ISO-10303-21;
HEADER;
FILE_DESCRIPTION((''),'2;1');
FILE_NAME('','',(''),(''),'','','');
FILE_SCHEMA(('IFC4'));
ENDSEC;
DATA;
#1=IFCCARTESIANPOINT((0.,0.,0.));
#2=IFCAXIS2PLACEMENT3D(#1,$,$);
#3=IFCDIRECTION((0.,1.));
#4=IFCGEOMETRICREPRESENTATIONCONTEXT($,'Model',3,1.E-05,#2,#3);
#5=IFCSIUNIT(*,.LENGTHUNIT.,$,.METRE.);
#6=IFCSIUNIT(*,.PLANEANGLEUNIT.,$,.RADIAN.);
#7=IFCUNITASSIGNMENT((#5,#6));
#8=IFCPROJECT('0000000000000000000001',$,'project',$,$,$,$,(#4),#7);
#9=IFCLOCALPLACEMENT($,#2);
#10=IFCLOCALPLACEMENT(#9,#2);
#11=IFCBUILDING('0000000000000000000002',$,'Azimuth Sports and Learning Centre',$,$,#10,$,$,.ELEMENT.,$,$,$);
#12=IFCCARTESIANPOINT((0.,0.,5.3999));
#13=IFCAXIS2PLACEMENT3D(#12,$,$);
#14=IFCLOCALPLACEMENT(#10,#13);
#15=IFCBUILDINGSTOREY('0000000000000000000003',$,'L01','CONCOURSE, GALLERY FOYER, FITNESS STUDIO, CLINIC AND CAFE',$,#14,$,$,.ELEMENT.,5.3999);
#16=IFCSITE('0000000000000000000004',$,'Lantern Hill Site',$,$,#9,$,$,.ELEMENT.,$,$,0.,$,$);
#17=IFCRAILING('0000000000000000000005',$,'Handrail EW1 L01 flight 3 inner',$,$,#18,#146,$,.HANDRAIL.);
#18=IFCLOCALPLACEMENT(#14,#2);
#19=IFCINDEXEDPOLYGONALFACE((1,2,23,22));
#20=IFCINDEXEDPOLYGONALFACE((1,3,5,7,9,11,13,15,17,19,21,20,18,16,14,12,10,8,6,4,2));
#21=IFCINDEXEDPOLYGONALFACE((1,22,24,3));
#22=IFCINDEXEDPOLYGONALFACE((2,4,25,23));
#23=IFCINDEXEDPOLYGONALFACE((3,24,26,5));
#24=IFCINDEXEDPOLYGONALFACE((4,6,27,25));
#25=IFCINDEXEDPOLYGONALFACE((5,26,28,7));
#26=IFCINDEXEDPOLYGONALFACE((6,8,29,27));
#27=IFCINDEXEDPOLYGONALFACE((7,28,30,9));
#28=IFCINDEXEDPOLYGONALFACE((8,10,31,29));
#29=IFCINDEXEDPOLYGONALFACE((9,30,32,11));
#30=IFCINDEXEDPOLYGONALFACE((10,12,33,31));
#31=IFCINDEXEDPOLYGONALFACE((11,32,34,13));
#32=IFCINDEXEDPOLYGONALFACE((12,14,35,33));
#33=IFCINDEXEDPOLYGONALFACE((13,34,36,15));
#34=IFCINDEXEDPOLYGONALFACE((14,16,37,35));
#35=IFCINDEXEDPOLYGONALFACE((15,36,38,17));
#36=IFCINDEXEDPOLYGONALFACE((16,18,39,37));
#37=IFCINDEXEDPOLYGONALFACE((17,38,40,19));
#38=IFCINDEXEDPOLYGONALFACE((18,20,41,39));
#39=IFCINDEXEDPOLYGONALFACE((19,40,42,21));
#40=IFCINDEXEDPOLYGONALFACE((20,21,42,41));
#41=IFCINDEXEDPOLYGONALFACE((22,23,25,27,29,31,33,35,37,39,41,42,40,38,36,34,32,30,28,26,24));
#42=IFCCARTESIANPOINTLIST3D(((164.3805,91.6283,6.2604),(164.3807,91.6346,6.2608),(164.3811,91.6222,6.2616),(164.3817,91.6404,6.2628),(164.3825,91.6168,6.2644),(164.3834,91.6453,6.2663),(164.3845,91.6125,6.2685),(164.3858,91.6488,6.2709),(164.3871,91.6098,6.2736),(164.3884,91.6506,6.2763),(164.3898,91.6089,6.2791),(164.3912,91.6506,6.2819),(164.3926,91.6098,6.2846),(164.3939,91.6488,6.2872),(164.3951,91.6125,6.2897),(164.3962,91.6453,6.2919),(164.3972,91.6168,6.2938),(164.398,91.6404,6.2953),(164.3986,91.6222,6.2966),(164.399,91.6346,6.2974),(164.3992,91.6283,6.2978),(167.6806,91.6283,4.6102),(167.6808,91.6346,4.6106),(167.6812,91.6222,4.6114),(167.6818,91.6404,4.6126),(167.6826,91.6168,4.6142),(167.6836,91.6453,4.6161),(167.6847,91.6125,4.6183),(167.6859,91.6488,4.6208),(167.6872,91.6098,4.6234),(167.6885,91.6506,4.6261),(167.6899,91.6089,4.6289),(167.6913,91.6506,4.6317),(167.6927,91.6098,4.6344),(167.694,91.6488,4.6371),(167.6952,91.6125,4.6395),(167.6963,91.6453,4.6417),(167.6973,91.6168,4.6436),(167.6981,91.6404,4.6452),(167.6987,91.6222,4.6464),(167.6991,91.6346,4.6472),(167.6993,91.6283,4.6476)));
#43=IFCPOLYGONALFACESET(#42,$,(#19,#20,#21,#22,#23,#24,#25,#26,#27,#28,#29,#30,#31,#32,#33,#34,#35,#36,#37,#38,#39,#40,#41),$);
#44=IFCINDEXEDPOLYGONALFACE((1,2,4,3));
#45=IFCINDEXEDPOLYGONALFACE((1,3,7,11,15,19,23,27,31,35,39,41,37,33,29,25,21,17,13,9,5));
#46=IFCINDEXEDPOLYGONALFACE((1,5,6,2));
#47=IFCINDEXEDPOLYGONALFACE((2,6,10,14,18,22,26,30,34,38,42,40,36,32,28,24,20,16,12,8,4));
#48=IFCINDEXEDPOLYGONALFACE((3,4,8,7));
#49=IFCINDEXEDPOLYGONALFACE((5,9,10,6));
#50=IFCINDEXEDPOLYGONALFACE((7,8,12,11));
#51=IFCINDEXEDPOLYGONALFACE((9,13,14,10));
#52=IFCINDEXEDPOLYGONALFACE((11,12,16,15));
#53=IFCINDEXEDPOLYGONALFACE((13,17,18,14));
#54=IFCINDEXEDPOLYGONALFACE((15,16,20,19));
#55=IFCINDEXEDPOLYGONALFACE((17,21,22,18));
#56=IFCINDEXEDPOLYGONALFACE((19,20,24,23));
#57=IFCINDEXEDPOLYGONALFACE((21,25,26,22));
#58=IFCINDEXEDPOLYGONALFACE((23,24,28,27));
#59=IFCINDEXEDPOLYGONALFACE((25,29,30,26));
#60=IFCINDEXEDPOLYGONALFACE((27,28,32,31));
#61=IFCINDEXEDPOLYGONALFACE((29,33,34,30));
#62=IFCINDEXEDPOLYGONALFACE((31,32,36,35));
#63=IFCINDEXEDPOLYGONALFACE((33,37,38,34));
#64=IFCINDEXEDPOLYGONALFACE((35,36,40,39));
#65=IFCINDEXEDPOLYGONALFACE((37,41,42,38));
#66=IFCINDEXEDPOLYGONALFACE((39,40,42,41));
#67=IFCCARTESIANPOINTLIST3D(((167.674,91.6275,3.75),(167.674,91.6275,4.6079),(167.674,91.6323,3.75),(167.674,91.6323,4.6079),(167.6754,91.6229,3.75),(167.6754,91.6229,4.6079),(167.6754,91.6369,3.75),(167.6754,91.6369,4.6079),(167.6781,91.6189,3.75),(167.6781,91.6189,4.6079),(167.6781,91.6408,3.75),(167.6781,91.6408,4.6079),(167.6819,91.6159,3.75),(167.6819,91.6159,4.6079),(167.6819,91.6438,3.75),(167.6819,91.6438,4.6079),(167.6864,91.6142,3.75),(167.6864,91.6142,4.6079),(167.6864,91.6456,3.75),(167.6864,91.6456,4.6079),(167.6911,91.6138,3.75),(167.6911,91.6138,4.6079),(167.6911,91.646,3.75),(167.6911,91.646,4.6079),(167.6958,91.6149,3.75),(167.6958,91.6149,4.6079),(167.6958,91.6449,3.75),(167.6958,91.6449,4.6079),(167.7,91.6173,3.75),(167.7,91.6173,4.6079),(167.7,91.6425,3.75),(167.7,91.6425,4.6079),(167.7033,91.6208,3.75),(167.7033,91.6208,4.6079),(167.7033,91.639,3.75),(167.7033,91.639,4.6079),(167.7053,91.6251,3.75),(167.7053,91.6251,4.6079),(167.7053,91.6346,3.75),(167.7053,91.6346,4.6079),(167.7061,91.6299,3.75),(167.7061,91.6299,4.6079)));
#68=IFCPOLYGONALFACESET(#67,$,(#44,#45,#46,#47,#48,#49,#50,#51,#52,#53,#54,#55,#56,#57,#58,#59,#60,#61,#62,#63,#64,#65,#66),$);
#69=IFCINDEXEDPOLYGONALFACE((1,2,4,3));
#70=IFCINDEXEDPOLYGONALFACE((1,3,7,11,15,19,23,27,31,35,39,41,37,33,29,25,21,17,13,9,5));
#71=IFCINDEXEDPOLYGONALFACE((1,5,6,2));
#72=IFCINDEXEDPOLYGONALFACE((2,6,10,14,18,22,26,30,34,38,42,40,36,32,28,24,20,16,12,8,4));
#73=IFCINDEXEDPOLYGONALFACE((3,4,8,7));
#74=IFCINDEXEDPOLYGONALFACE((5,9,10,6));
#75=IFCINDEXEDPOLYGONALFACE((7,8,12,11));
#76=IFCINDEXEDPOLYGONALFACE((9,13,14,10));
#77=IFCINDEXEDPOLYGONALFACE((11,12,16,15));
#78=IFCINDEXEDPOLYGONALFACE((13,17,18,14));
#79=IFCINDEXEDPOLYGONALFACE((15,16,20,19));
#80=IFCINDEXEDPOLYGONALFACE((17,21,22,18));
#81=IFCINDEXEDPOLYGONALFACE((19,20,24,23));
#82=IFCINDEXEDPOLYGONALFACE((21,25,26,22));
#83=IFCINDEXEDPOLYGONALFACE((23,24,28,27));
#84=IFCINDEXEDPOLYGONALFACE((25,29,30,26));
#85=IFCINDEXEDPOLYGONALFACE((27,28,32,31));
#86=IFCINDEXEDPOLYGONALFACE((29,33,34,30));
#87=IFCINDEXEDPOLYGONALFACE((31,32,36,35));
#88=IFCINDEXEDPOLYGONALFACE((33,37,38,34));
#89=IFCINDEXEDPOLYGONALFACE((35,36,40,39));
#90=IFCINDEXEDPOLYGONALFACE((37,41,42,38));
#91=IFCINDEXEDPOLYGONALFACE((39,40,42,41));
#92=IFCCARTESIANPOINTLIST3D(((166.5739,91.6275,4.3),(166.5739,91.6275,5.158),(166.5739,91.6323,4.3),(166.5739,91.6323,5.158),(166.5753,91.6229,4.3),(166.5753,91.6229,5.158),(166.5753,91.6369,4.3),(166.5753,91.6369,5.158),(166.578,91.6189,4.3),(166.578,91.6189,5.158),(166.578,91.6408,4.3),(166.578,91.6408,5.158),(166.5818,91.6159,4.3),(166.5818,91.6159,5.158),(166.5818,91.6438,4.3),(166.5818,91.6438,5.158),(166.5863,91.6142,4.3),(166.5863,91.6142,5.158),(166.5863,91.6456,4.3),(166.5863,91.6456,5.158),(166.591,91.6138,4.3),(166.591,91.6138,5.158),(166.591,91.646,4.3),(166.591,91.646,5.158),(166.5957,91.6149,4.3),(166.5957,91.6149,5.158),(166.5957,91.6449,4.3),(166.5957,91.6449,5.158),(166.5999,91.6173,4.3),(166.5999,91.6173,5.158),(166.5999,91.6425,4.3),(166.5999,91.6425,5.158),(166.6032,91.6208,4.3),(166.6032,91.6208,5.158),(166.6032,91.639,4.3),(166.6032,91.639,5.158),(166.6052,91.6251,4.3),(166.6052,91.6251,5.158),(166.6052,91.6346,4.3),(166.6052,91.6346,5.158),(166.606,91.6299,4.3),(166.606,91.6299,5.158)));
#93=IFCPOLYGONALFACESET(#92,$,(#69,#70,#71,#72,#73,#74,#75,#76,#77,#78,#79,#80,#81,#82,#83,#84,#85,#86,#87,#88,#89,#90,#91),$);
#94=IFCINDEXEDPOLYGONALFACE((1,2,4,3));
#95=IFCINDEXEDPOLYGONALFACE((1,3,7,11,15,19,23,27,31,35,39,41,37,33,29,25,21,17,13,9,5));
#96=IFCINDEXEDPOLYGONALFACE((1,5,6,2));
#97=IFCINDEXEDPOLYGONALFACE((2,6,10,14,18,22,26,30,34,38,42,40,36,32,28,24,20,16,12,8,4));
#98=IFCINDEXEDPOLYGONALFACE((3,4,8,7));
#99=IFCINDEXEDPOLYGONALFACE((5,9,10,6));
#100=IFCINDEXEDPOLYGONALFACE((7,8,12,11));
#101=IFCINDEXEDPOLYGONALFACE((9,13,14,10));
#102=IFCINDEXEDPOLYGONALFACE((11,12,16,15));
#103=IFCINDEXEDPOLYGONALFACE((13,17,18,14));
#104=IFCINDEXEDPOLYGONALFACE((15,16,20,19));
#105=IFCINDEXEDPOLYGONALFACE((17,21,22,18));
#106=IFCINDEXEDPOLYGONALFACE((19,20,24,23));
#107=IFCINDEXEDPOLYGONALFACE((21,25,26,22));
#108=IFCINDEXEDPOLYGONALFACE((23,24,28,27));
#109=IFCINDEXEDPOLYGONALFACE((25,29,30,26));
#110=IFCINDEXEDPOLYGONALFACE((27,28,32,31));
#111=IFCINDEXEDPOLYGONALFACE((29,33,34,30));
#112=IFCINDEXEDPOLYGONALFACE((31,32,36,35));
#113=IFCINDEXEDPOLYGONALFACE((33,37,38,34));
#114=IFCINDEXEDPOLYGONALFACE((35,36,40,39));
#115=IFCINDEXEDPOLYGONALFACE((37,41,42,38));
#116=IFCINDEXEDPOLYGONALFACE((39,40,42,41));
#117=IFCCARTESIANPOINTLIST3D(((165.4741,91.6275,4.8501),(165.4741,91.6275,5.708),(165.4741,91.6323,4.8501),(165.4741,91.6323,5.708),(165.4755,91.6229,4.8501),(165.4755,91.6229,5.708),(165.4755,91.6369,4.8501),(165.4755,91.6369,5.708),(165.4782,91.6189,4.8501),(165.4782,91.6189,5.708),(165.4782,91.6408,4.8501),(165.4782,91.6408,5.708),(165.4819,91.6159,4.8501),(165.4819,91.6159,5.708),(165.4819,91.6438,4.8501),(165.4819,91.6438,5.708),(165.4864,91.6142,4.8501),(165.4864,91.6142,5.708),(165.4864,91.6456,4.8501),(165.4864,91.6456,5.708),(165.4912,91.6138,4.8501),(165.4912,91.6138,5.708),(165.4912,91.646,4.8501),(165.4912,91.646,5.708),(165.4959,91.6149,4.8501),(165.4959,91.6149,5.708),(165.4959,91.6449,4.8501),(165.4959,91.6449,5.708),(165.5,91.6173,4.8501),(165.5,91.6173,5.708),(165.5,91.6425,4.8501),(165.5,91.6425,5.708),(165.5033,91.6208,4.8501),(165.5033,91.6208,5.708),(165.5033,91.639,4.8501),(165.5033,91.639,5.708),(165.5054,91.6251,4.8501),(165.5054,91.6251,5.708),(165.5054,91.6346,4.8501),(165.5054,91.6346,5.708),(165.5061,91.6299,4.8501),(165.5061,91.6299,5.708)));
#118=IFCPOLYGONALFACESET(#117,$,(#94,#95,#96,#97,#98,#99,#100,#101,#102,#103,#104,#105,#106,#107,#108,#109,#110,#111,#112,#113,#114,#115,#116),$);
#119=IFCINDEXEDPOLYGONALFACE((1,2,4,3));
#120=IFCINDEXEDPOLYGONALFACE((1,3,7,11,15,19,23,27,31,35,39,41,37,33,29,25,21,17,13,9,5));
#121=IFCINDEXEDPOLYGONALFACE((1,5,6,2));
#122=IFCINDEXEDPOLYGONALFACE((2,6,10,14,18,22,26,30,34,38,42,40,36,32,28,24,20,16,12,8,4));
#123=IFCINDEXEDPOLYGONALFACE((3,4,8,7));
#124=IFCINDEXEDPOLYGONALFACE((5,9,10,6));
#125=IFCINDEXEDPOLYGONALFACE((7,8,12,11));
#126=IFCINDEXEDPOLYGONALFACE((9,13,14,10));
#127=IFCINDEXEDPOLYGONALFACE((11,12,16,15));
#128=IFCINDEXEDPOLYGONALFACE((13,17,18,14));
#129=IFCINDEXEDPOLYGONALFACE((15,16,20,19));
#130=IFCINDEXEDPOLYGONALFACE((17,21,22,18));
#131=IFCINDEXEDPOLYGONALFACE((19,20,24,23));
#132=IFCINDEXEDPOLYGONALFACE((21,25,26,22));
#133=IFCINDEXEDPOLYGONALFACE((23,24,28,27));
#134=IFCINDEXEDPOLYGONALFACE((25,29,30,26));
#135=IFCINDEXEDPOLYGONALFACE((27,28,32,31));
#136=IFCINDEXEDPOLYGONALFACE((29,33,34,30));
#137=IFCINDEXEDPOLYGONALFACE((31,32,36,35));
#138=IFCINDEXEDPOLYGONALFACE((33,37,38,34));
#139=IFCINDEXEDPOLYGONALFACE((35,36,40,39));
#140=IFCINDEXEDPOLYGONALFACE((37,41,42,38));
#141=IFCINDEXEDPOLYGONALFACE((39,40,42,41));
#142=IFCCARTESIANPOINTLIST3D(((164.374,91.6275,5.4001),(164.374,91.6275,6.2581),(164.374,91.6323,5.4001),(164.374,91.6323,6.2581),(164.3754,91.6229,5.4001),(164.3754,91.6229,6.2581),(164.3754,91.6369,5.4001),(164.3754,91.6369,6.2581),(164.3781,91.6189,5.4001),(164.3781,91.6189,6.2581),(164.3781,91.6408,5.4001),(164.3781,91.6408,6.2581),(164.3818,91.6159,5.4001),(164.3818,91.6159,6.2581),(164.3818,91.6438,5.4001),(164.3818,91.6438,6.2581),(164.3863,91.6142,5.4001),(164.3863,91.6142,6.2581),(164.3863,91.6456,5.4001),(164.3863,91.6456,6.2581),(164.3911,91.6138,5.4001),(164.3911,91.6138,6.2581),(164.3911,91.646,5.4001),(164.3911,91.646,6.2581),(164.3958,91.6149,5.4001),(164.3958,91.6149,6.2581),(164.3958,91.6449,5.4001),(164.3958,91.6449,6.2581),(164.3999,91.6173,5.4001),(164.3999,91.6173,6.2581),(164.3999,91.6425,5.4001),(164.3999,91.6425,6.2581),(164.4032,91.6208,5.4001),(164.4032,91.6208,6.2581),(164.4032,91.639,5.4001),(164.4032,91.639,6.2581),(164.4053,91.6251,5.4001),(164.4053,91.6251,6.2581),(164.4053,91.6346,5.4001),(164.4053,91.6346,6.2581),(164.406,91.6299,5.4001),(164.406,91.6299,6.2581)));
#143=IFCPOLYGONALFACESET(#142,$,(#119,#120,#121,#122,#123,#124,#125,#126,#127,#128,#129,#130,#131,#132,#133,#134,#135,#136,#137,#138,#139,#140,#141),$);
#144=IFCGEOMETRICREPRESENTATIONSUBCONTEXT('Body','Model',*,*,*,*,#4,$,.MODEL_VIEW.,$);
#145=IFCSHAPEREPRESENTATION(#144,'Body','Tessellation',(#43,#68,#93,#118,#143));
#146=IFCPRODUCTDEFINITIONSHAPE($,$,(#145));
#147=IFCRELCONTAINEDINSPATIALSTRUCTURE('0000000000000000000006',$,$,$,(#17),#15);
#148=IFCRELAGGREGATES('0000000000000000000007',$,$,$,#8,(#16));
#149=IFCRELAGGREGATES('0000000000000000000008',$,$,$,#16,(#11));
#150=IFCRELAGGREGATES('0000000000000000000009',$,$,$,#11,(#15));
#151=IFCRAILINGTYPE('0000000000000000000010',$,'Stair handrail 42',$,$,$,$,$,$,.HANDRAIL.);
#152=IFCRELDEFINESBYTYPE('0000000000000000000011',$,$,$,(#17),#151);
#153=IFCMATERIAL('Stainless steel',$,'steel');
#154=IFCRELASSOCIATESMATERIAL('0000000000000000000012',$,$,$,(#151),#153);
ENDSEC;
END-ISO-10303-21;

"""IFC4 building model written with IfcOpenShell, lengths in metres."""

from ifc_helpers import new_model, si_unit, direction, frame, origin, origin_2d, place, context, subcontext, project, spatial, circle, extrude, material, type_object, element, save


model = new_model("IFC4")

# Units and contexts
model_context = context("Model", 3, precision=1e-05, world=origin(), true_north=direction((0.0, 1.0)))
body_context = subcontext(model_context, "Body", "Model", "MODEL_VIEW")
ifc_project = project(units=[si_unit("LENGTHUNIT", "METRE"), si_unit("PLANEANGLEUNIT", "RADIAN")], contexts=[model_context])

# Site, building, storey
site_placement = place(None, origin())
site = spatial("IfcSite", under=ifc_project, at=site_placement, Name="Lantern Hill Site", CompositionType="ELEMENT", RefElevation=0.0)
building_placement = place(site_placement, origin())
building = spatial("IfcBuilding", under=site, at=building_placement, Name="Azimuth Sports and Learning Centre", CompositionType="ELEMENT")
storey_placement = place(building_placement, frame((0.0, 0.0, 5.3999)))
storey = spatial("IfcBuildingStorey", under=building, at=storey_placement, Name="L01", Description="CONCOURSE, GALLERY FOYER, FITNESS STUDIO, CLINIC AND CAFE", CompositionType="ELEMENT", Elevation=5.3999)

# Railing
ifc_material_1 = material(Name="Stainless steel", Category="steel")
railing_type = type_object("IfcRailingType", Name="Stair handrail 42", PredefinedType="HANDRAIL", material=ifc_material_1)
for number, where, name in (
    (1, (167.6899, 91.6299, 3.75), "Handrail EW1 L01 flight 3 inner"),
):
    element("IfcRailing", number, at=place(storey_placement, frame(where)), inside=storey, type_object=railing_type, Name=name, PredefinedType="HANDRAIL", context=body_context, shape_type="SweptSolid", body=[
        extrude(circle(Radius=0.021, at=origin_2d()), frame((0.0, 0.0, 0.8789), z_axis=(-0.894414, 0.0, 0.44724), x_axis=(0.0, -1.0, 0.0)), (0.0, 0.0, 1.0), 3.6897),
        extrude(circle(Radius=0.0161, at=origin_2d()), origin(), (0.0, 0.0, 1.0), 0.8579),
        extrude(circle(Radius=0.0161, at=origin_2d()), frame((-1.1001, 0.0, 0.55)), (0.0, 0.0, 1.0), 0.8579),
        extrude(circle(Radius=0.0161, at=origin_2d()), frame((-2.2, 0.0, 1.1001)), (0.0, 0.0, 1.0), 0.8579),
        extrude(circle(Radius=0.0161, at=origin_2d()), frame((-3.3, 0.0, 1.6501)), (0.0, 0.0, 1.0), 0.8579),
    ])

save(model, "model.ifc")
